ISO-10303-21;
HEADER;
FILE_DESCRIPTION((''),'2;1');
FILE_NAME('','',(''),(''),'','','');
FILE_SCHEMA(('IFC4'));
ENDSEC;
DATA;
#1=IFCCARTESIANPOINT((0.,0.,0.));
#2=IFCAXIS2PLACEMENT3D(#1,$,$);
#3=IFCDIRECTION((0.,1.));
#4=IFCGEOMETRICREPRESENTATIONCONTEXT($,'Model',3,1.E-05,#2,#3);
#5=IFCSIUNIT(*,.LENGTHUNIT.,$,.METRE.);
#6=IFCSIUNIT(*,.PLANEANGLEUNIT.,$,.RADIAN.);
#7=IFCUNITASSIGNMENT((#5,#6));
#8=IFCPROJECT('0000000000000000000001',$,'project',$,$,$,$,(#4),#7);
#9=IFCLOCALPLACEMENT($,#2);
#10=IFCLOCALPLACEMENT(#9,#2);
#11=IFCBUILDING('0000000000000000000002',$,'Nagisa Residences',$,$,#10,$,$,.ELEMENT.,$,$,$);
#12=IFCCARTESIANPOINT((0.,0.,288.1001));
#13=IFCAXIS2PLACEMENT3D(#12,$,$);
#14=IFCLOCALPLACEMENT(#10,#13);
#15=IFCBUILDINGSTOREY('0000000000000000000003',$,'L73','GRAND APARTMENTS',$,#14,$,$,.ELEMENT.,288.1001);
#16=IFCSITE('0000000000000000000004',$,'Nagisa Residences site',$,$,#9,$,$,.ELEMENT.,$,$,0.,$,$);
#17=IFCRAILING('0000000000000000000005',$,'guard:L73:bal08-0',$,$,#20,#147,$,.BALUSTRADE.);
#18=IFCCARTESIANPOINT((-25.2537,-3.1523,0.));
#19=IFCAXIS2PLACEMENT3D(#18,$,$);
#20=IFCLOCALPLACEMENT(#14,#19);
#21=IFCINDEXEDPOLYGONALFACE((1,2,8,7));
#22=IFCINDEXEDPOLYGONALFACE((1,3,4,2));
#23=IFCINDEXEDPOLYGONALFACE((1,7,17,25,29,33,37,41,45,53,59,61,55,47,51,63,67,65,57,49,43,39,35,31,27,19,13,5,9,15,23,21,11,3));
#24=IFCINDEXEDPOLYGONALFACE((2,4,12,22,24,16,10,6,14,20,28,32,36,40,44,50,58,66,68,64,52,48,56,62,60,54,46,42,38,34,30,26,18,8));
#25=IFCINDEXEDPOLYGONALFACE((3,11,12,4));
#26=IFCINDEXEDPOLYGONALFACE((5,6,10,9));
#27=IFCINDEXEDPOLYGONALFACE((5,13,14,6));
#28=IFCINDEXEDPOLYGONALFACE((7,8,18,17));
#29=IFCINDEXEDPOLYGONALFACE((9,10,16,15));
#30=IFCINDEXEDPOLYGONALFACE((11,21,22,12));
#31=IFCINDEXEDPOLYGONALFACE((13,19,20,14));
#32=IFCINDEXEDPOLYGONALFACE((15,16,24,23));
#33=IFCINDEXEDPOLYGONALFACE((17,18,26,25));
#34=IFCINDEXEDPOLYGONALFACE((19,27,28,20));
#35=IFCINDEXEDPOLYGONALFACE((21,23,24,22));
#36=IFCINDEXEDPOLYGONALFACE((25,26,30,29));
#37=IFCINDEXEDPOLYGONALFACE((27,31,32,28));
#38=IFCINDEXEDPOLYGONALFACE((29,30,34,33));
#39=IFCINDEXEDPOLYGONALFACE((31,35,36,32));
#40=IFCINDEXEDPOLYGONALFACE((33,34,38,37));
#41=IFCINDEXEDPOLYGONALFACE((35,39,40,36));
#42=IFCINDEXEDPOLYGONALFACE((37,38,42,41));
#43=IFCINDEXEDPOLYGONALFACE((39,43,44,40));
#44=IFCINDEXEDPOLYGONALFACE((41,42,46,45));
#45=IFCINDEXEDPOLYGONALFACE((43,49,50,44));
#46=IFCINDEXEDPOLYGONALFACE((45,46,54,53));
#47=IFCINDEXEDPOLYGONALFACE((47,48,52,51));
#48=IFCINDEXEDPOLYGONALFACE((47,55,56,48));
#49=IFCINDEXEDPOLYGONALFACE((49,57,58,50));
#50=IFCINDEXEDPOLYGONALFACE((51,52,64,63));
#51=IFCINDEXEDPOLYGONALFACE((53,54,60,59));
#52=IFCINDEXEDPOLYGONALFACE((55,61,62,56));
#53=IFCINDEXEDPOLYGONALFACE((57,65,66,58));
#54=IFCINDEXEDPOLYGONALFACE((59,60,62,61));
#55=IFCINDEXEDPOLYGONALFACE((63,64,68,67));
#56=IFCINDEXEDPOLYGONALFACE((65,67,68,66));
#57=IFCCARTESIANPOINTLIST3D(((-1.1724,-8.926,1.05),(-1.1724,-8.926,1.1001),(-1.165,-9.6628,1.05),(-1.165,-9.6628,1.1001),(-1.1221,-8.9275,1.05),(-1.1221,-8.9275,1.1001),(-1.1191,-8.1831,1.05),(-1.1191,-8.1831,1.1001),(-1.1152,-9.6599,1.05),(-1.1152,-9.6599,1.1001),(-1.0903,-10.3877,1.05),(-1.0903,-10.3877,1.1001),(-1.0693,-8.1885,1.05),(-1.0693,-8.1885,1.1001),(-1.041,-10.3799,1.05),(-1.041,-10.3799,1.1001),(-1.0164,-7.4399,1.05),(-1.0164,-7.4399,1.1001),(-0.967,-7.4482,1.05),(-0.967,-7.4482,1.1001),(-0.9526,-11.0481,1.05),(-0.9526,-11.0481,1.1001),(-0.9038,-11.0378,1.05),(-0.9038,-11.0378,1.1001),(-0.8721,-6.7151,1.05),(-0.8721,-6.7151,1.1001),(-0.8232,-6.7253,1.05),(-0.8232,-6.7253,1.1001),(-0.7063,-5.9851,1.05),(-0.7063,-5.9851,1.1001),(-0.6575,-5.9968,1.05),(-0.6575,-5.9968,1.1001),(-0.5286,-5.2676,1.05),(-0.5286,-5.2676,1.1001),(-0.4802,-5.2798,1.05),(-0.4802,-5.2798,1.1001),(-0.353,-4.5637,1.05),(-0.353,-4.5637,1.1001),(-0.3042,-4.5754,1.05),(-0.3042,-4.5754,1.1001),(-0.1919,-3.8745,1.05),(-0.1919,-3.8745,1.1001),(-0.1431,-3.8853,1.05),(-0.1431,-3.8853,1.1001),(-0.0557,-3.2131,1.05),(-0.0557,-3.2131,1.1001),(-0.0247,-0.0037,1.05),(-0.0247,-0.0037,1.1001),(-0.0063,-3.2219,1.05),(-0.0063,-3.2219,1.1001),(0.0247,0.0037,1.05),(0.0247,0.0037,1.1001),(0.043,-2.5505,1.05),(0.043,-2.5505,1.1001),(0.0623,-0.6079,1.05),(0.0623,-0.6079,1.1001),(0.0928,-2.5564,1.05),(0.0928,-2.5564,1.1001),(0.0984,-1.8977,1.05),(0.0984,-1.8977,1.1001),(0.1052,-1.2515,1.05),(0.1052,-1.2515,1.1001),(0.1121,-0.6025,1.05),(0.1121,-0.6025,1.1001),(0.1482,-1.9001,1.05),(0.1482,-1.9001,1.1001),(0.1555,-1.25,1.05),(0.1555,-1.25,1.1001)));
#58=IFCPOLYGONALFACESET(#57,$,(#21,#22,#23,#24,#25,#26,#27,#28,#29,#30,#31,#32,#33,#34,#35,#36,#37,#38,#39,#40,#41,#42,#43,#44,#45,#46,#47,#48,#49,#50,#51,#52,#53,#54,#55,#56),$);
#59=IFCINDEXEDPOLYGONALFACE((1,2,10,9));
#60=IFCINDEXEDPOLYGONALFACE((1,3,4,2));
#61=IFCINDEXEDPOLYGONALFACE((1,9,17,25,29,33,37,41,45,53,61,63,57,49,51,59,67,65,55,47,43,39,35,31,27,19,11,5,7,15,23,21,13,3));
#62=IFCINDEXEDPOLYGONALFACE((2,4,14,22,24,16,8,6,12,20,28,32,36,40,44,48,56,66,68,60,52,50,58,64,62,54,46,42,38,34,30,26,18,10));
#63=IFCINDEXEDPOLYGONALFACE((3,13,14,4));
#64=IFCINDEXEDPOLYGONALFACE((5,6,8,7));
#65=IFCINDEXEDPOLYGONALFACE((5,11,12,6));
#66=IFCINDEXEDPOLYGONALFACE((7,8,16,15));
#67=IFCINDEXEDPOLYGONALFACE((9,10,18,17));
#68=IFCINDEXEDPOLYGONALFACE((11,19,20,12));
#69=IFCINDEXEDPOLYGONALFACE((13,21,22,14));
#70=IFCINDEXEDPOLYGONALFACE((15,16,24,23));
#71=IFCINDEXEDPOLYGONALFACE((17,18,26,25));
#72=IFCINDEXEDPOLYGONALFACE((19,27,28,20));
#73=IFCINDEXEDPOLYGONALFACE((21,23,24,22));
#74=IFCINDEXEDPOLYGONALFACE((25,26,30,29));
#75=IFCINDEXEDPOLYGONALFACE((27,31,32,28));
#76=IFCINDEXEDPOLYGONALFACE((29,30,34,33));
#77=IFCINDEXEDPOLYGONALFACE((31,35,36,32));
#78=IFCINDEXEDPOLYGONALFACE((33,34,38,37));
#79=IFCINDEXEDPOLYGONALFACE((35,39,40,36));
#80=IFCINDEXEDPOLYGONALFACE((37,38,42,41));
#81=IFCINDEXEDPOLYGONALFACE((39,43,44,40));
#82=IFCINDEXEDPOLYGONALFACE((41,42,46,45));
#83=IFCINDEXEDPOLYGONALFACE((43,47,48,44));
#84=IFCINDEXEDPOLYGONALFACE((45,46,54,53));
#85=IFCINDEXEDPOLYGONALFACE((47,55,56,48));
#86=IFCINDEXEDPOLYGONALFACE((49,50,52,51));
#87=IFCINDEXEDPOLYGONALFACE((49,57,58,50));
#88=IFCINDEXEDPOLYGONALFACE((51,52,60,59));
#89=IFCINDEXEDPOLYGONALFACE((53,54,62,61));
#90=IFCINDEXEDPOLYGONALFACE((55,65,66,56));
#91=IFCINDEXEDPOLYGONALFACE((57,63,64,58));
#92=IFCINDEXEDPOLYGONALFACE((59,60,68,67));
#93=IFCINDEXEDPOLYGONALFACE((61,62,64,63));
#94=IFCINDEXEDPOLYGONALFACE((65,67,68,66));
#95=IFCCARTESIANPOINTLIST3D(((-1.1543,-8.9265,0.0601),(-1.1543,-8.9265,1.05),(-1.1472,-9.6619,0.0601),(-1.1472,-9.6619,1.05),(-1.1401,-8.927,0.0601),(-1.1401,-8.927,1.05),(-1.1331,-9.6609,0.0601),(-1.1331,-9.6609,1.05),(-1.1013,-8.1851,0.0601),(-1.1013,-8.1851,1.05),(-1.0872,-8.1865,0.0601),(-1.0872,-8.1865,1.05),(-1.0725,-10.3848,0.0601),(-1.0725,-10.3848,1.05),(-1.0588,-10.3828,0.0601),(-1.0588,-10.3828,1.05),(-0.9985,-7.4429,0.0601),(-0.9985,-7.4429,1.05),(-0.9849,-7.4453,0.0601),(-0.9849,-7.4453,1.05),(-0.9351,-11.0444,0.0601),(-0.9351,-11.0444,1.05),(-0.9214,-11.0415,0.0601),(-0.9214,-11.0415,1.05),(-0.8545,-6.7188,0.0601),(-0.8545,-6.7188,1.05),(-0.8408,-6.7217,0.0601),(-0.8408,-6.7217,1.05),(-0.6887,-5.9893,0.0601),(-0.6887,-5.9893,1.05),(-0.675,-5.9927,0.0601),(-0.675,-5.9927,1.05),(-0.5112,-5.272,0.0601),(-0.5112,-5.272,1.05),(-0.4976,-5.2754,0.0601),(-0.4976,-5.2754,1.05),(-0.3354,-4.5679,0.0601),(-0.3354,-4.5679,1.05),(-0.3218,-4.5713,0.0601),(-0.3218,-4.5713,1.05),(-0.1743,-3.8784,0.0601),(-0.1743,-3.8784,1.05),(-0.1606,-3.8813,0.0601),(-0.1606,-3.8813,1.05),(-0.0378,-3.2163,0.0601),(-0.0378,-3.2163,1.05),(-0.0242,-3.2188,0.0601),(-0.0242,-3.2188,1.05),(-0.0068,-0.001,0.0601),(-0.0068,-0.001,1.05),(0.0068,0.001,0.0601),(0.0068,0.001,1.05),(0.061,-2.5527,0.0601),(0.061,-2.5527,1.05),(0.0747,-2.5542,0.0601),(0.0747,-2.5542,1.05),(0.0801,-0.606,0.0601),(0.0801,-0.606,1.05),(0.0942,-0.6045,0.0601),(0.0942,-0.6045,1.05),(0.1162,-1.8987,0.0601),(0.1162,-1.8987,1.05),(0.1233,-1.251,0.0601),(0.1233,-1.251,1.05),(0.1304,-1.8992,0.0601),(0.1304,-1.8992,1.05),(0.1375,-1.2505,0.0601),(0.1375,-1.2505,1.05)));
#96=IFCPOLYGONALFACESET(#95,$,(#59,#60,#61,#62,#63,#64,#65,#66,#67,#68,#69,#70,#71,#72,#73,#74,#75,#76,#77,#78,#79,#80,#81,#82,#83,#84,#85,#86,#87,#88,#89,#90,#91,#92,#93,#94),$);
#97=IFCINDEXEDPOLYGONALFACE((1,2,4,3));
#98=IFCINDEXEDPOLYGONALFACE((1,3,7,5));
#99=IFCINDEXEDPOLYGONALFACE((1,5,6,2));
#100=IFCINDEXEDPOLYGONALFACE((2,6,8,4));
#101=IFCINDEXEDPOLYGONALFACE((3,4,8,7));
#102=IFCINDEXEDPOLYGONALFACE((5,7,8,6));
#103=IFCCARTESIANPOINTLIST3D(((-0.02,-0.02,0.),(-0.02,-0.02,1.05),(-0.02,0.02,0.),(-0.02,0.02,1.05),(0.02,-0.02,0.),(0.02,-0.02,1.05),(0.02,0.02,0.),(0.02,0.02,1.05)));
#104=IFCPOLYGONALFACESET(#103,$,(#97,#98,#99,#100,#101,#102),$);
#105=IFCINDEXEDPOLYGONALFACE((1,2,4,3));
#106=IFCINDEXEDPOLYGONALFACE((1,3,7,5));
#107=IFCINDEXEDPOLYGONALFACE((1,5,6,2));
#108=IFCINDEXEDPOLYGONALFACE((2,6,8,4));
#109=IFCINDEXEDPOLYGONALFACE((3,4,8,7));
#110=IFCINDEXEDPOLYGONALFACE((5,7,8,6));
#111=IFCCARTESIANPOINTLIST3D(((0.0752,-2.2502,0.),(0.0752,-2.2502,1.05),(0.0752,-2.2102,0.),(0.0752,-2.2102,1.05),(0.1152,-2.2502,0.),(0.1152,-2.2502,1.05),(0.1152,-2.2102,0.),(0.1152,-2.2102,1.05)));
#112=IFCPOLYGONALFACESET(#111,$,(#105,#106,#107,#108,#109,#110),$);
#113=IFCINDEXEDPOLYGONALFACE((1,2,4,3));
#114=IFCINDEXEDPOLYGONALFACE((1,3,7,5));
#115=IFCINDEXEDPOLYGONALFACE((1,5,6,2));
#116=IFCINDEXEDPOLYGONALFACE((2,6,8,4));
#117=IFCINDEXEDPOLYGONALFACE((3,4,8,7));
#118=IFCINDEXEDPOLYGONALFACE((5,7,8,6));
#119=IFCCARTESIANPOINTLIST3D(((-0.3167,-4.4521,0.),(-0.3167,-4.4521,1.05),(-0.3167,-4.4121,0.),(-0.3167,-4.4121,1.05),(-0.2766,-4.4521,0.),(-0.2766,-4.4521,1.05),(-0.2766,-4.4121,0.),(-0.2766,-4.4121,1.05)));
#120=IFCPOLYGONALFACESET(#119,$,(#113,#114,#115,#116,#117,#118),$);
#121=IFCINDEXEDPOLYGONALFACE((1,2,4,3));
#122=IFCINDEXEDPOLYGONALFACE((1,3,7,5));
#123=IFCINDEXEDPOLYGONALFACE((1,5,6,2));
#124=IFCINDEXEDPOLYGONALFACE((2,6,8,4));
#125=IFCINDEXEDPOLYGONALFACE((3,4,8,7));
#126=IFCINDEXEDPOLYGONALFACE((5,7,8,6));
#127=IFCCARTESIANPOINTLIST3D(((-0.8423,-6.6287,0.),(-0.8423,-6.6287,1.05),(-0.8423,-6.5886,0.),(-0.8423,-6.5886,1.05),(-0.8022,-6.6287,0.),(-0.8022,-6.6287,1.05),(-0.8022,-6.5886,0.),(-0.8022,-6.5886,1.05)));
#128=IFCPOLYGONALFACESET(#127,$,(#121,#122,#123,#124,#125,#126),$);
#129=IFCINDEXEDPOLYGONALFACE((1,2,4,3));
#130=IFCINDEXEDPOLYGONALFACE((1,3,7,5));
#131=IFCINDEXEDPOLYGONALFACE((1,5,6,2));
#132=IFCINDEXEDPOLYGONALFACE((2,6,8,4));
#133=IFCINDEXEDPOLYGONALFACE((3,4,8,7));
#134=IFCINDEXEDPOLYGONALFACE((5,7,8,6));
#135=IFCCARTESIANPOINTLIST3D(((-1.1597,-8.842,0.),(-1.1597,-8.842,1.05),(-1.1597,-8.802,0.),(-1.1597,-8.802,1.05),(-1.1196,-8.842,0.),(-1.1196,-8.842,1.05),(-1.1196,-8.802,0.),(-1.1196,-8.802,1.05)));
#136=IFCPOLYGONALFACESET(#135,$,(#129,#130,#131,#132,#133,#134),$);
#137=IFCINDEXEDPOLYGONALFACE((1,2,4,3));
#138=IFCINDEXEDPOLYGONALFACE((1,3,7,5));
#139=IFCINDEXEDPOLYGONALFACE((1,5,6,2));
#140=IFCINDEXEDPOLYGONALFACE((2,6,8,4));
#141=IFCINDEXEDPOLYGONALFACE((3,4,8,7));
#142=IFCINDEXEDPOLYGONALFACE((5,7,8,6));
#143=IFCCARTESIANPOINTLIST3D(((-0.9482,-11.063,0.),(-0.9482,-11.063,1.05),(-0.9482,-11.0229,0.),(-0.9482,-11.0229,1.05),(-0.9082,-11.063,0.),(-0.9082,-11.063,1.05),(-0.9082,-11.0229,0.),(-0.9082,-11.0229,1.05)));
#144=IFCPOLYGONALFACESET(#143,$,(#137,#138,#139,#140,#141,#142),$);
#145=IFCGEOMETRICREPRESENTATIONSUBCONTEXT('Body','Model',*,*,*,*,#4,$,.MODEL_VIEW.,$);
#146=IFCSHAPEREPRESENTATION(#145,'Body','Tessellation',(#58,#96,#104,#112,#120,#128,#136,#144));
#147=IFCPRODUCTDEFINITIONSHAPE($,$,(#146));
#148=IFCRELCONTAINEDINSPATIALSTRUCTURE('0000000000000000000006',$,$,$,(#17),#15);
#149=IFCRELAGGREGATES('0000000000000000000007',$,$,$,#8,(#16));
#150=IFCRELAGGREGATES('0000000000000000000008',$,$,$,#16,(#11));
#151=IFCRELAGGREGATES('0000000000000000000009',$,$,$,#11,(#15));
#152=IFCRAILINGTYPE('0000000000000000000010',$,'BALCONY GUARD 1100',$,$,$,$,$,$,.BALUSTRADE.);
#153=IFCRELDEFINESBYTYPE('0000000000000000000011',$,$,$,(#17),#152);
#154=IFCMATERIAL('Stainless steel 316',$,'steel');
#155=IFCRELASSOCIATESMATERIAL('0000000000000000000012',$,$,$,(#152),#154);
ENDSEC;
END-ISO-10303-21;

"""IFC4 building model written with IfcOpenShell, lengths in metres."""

from ifc_helpers import new_model, si_unit, direction, frame, origin, origin_2d, place, context, subcontext, project, spatial, polyline, rectangle, outline, extrude, material, type_object, element, save


model = new_model("IFC4")

# Units and contexts
model_context = context("Model", 3, precision=1e-05, world=origin(), true_north=direction((0.0, 1.0)))
body_context = subcontext(model_context, "Body", "Model", "MODEL_VIEW")
ifc_project = project(units=[si_unit("LENGTHUNIT", "METRE"), si_unit("PLANEANGLEUNIT", "RADIAN")], contexts=[model_context])

# Site, building, storey
site_placement = place(None, origin())
site = spatial("IfcSite", under=ifc_project, at=site_placement, Name="Nagisa Residences site", CompositionType="ELEMENT", RefElevation=0.0)
building_placement = place(site_placement, origin())
building = spatial("IfcBuilding", under=site, at=building_placement, Name="Nagisa Residences", CompositionType="ELEMENT")
storey_placement = place(building_placement, frame((0.0, 0.0, 288.1001)))
storey = spatial("IfcBuildingStorey", under=building, at=storey_placement, Name="L73", Description="GRAND APARTMENTS", CompositionType="ELEMENT", Elevation=288.1001)

# Railing
ifc_material_1 = material(Name="Stainless steel 316", Category="steel")
railing_type = type_object("IfcRailingType", Name="BALCONY GUARD 1100", PredefinedType="BALUSTRADE", material=ifc_material_1)
railing_1_placement = place(storey_placement, frame((-25.2537, -3.1523, 0.0)))
element("IfcRailing", 1, at=railing_1_placement, inside=storey, type_object=railing_type, Name="guard:L73:bal08-0", PredefinedType="BALUSTRADE", context=body_context, shape_type="SweptSolid", body=[
    extrude(outline(polyline([(0.1121, -0.6025), (0.0247, 0.0037), (-0.0247, -0.0037), (0.0623, -0.6079), (0.1052, -1.2515), (0.0984, -1.8977), (0.043, -2.5505), (-0.0557, -3.2131), (-0.1919, -3.8745), (-0.353, -4.5637), (-0.5286, -5.2676), (-0.7063, -5.9851), (-0.8721, -6.7151), (-1.0164, -7.4399), (-1.1191, -8.1831), (-1.1724, -8.926), (-1.165, -9.6628), (-1.0903, -10.3877), (-0.9526, -11.0481), (-0.9038, -11.0378), (-1.041, -10.3799), (-1.1152, -9.6599), (-1.1221, -8.9275), (-1.0693, -8.1885), (-0.967, -7.4482), (-0.8232, -6.7253), (-0.6575, -5.9968), (-0.4802, -5.2798), (-0.3042, -4.5754), (-0.1431, -3.8853), (-0.0063, -3.2219), (0.0928, -2.5564), (0.1482, -1.9001), (0.1555, -1.25), (0.1121, -0.6025)])), frame((0.0, 0.0, 1.05)), (0.0, 0.0, 1.0), 0.05),
    extrude(outline(polyline([(0.0942, -0.6045), (0.0068, 0.001), (-0.0068, -0.001), (0.0801, -0.606), (0.1233, -1.251), (0.1162, -1.8987), (0.061, -2.5527), (-0.0378, -3.2163), (-0.1743, -3.8784), (-0.3354, -4.5679), (-0.5112, -5.272), (-0.6887, -5.9893), (-0.8545, -6.7188), (-0.9985, -7.4429), (-1.1013, -8.1851), (-1.1543, -8.9265), (-1.1472, -9.6619), (-1.0725, -10.3848), (-0.9351, -11.0444), (-0.9214, -11.0415), (-1.0588, -10.3828), (-1.1331, -9.6609), (-1.1401, -8.927), (-1.0872, -8.1865), (-0.9849, -7.4453), (-0.8408, -6.7217), (-0.675, -5.9927), (-0.4976, -5.2754), (-0.3218, -4.5713), (-0.1606, -3.8813), (-0.0242, -3.2188), (0.0747, -2.5542), (0.1304, -1.8992), (0.1375, -1.2505), (0.0942, -0.6045)])), frame((0.0, 0.0, 0.0601)), (0.0, 0.0, 1.0), 0.99),
    extrude(rectangle(XDim=0.04, YDim=0.04, at=origin_2d()), origin(), (0.0, 0.0, 1.0), 1.05),
    extrude(rectangle(XDim=0.04, YDim=0.04, at=origin_2d()), frame((0.0952, -2.2302, 0.0)), (0.0, 0.0, 1.0), 1.05),
    extrude(rectangle(XDim=0.04, YDim=0.04, at=origin_2d()), frame((-0.2966, -4.4321, 0.0)), (0.0, 0.0, 1.0), 1.05),
    extrude(rectangle(XDim=0.04, YDim=0.04, at=origin_2d()), frame((-0.8223, -6.6086, 0.0)), (0.0, 0.0, 1.0), 1.05),
    extrude(rectangle(XDim=0.04, YDim=0.04, at=origin_2d()), frame((-1.1396, -8.822, 0.0)), (0.0, 0.0, 1.0), 1.05),
    extrude(rectangle(XDim=0.04, YDim=0.04, at=origin_2d()), frame((-0.9282, -11.043, 0.0)), (0.0, 0.0, 1.0), 1.05),
])

save(model, "model.ifc")
